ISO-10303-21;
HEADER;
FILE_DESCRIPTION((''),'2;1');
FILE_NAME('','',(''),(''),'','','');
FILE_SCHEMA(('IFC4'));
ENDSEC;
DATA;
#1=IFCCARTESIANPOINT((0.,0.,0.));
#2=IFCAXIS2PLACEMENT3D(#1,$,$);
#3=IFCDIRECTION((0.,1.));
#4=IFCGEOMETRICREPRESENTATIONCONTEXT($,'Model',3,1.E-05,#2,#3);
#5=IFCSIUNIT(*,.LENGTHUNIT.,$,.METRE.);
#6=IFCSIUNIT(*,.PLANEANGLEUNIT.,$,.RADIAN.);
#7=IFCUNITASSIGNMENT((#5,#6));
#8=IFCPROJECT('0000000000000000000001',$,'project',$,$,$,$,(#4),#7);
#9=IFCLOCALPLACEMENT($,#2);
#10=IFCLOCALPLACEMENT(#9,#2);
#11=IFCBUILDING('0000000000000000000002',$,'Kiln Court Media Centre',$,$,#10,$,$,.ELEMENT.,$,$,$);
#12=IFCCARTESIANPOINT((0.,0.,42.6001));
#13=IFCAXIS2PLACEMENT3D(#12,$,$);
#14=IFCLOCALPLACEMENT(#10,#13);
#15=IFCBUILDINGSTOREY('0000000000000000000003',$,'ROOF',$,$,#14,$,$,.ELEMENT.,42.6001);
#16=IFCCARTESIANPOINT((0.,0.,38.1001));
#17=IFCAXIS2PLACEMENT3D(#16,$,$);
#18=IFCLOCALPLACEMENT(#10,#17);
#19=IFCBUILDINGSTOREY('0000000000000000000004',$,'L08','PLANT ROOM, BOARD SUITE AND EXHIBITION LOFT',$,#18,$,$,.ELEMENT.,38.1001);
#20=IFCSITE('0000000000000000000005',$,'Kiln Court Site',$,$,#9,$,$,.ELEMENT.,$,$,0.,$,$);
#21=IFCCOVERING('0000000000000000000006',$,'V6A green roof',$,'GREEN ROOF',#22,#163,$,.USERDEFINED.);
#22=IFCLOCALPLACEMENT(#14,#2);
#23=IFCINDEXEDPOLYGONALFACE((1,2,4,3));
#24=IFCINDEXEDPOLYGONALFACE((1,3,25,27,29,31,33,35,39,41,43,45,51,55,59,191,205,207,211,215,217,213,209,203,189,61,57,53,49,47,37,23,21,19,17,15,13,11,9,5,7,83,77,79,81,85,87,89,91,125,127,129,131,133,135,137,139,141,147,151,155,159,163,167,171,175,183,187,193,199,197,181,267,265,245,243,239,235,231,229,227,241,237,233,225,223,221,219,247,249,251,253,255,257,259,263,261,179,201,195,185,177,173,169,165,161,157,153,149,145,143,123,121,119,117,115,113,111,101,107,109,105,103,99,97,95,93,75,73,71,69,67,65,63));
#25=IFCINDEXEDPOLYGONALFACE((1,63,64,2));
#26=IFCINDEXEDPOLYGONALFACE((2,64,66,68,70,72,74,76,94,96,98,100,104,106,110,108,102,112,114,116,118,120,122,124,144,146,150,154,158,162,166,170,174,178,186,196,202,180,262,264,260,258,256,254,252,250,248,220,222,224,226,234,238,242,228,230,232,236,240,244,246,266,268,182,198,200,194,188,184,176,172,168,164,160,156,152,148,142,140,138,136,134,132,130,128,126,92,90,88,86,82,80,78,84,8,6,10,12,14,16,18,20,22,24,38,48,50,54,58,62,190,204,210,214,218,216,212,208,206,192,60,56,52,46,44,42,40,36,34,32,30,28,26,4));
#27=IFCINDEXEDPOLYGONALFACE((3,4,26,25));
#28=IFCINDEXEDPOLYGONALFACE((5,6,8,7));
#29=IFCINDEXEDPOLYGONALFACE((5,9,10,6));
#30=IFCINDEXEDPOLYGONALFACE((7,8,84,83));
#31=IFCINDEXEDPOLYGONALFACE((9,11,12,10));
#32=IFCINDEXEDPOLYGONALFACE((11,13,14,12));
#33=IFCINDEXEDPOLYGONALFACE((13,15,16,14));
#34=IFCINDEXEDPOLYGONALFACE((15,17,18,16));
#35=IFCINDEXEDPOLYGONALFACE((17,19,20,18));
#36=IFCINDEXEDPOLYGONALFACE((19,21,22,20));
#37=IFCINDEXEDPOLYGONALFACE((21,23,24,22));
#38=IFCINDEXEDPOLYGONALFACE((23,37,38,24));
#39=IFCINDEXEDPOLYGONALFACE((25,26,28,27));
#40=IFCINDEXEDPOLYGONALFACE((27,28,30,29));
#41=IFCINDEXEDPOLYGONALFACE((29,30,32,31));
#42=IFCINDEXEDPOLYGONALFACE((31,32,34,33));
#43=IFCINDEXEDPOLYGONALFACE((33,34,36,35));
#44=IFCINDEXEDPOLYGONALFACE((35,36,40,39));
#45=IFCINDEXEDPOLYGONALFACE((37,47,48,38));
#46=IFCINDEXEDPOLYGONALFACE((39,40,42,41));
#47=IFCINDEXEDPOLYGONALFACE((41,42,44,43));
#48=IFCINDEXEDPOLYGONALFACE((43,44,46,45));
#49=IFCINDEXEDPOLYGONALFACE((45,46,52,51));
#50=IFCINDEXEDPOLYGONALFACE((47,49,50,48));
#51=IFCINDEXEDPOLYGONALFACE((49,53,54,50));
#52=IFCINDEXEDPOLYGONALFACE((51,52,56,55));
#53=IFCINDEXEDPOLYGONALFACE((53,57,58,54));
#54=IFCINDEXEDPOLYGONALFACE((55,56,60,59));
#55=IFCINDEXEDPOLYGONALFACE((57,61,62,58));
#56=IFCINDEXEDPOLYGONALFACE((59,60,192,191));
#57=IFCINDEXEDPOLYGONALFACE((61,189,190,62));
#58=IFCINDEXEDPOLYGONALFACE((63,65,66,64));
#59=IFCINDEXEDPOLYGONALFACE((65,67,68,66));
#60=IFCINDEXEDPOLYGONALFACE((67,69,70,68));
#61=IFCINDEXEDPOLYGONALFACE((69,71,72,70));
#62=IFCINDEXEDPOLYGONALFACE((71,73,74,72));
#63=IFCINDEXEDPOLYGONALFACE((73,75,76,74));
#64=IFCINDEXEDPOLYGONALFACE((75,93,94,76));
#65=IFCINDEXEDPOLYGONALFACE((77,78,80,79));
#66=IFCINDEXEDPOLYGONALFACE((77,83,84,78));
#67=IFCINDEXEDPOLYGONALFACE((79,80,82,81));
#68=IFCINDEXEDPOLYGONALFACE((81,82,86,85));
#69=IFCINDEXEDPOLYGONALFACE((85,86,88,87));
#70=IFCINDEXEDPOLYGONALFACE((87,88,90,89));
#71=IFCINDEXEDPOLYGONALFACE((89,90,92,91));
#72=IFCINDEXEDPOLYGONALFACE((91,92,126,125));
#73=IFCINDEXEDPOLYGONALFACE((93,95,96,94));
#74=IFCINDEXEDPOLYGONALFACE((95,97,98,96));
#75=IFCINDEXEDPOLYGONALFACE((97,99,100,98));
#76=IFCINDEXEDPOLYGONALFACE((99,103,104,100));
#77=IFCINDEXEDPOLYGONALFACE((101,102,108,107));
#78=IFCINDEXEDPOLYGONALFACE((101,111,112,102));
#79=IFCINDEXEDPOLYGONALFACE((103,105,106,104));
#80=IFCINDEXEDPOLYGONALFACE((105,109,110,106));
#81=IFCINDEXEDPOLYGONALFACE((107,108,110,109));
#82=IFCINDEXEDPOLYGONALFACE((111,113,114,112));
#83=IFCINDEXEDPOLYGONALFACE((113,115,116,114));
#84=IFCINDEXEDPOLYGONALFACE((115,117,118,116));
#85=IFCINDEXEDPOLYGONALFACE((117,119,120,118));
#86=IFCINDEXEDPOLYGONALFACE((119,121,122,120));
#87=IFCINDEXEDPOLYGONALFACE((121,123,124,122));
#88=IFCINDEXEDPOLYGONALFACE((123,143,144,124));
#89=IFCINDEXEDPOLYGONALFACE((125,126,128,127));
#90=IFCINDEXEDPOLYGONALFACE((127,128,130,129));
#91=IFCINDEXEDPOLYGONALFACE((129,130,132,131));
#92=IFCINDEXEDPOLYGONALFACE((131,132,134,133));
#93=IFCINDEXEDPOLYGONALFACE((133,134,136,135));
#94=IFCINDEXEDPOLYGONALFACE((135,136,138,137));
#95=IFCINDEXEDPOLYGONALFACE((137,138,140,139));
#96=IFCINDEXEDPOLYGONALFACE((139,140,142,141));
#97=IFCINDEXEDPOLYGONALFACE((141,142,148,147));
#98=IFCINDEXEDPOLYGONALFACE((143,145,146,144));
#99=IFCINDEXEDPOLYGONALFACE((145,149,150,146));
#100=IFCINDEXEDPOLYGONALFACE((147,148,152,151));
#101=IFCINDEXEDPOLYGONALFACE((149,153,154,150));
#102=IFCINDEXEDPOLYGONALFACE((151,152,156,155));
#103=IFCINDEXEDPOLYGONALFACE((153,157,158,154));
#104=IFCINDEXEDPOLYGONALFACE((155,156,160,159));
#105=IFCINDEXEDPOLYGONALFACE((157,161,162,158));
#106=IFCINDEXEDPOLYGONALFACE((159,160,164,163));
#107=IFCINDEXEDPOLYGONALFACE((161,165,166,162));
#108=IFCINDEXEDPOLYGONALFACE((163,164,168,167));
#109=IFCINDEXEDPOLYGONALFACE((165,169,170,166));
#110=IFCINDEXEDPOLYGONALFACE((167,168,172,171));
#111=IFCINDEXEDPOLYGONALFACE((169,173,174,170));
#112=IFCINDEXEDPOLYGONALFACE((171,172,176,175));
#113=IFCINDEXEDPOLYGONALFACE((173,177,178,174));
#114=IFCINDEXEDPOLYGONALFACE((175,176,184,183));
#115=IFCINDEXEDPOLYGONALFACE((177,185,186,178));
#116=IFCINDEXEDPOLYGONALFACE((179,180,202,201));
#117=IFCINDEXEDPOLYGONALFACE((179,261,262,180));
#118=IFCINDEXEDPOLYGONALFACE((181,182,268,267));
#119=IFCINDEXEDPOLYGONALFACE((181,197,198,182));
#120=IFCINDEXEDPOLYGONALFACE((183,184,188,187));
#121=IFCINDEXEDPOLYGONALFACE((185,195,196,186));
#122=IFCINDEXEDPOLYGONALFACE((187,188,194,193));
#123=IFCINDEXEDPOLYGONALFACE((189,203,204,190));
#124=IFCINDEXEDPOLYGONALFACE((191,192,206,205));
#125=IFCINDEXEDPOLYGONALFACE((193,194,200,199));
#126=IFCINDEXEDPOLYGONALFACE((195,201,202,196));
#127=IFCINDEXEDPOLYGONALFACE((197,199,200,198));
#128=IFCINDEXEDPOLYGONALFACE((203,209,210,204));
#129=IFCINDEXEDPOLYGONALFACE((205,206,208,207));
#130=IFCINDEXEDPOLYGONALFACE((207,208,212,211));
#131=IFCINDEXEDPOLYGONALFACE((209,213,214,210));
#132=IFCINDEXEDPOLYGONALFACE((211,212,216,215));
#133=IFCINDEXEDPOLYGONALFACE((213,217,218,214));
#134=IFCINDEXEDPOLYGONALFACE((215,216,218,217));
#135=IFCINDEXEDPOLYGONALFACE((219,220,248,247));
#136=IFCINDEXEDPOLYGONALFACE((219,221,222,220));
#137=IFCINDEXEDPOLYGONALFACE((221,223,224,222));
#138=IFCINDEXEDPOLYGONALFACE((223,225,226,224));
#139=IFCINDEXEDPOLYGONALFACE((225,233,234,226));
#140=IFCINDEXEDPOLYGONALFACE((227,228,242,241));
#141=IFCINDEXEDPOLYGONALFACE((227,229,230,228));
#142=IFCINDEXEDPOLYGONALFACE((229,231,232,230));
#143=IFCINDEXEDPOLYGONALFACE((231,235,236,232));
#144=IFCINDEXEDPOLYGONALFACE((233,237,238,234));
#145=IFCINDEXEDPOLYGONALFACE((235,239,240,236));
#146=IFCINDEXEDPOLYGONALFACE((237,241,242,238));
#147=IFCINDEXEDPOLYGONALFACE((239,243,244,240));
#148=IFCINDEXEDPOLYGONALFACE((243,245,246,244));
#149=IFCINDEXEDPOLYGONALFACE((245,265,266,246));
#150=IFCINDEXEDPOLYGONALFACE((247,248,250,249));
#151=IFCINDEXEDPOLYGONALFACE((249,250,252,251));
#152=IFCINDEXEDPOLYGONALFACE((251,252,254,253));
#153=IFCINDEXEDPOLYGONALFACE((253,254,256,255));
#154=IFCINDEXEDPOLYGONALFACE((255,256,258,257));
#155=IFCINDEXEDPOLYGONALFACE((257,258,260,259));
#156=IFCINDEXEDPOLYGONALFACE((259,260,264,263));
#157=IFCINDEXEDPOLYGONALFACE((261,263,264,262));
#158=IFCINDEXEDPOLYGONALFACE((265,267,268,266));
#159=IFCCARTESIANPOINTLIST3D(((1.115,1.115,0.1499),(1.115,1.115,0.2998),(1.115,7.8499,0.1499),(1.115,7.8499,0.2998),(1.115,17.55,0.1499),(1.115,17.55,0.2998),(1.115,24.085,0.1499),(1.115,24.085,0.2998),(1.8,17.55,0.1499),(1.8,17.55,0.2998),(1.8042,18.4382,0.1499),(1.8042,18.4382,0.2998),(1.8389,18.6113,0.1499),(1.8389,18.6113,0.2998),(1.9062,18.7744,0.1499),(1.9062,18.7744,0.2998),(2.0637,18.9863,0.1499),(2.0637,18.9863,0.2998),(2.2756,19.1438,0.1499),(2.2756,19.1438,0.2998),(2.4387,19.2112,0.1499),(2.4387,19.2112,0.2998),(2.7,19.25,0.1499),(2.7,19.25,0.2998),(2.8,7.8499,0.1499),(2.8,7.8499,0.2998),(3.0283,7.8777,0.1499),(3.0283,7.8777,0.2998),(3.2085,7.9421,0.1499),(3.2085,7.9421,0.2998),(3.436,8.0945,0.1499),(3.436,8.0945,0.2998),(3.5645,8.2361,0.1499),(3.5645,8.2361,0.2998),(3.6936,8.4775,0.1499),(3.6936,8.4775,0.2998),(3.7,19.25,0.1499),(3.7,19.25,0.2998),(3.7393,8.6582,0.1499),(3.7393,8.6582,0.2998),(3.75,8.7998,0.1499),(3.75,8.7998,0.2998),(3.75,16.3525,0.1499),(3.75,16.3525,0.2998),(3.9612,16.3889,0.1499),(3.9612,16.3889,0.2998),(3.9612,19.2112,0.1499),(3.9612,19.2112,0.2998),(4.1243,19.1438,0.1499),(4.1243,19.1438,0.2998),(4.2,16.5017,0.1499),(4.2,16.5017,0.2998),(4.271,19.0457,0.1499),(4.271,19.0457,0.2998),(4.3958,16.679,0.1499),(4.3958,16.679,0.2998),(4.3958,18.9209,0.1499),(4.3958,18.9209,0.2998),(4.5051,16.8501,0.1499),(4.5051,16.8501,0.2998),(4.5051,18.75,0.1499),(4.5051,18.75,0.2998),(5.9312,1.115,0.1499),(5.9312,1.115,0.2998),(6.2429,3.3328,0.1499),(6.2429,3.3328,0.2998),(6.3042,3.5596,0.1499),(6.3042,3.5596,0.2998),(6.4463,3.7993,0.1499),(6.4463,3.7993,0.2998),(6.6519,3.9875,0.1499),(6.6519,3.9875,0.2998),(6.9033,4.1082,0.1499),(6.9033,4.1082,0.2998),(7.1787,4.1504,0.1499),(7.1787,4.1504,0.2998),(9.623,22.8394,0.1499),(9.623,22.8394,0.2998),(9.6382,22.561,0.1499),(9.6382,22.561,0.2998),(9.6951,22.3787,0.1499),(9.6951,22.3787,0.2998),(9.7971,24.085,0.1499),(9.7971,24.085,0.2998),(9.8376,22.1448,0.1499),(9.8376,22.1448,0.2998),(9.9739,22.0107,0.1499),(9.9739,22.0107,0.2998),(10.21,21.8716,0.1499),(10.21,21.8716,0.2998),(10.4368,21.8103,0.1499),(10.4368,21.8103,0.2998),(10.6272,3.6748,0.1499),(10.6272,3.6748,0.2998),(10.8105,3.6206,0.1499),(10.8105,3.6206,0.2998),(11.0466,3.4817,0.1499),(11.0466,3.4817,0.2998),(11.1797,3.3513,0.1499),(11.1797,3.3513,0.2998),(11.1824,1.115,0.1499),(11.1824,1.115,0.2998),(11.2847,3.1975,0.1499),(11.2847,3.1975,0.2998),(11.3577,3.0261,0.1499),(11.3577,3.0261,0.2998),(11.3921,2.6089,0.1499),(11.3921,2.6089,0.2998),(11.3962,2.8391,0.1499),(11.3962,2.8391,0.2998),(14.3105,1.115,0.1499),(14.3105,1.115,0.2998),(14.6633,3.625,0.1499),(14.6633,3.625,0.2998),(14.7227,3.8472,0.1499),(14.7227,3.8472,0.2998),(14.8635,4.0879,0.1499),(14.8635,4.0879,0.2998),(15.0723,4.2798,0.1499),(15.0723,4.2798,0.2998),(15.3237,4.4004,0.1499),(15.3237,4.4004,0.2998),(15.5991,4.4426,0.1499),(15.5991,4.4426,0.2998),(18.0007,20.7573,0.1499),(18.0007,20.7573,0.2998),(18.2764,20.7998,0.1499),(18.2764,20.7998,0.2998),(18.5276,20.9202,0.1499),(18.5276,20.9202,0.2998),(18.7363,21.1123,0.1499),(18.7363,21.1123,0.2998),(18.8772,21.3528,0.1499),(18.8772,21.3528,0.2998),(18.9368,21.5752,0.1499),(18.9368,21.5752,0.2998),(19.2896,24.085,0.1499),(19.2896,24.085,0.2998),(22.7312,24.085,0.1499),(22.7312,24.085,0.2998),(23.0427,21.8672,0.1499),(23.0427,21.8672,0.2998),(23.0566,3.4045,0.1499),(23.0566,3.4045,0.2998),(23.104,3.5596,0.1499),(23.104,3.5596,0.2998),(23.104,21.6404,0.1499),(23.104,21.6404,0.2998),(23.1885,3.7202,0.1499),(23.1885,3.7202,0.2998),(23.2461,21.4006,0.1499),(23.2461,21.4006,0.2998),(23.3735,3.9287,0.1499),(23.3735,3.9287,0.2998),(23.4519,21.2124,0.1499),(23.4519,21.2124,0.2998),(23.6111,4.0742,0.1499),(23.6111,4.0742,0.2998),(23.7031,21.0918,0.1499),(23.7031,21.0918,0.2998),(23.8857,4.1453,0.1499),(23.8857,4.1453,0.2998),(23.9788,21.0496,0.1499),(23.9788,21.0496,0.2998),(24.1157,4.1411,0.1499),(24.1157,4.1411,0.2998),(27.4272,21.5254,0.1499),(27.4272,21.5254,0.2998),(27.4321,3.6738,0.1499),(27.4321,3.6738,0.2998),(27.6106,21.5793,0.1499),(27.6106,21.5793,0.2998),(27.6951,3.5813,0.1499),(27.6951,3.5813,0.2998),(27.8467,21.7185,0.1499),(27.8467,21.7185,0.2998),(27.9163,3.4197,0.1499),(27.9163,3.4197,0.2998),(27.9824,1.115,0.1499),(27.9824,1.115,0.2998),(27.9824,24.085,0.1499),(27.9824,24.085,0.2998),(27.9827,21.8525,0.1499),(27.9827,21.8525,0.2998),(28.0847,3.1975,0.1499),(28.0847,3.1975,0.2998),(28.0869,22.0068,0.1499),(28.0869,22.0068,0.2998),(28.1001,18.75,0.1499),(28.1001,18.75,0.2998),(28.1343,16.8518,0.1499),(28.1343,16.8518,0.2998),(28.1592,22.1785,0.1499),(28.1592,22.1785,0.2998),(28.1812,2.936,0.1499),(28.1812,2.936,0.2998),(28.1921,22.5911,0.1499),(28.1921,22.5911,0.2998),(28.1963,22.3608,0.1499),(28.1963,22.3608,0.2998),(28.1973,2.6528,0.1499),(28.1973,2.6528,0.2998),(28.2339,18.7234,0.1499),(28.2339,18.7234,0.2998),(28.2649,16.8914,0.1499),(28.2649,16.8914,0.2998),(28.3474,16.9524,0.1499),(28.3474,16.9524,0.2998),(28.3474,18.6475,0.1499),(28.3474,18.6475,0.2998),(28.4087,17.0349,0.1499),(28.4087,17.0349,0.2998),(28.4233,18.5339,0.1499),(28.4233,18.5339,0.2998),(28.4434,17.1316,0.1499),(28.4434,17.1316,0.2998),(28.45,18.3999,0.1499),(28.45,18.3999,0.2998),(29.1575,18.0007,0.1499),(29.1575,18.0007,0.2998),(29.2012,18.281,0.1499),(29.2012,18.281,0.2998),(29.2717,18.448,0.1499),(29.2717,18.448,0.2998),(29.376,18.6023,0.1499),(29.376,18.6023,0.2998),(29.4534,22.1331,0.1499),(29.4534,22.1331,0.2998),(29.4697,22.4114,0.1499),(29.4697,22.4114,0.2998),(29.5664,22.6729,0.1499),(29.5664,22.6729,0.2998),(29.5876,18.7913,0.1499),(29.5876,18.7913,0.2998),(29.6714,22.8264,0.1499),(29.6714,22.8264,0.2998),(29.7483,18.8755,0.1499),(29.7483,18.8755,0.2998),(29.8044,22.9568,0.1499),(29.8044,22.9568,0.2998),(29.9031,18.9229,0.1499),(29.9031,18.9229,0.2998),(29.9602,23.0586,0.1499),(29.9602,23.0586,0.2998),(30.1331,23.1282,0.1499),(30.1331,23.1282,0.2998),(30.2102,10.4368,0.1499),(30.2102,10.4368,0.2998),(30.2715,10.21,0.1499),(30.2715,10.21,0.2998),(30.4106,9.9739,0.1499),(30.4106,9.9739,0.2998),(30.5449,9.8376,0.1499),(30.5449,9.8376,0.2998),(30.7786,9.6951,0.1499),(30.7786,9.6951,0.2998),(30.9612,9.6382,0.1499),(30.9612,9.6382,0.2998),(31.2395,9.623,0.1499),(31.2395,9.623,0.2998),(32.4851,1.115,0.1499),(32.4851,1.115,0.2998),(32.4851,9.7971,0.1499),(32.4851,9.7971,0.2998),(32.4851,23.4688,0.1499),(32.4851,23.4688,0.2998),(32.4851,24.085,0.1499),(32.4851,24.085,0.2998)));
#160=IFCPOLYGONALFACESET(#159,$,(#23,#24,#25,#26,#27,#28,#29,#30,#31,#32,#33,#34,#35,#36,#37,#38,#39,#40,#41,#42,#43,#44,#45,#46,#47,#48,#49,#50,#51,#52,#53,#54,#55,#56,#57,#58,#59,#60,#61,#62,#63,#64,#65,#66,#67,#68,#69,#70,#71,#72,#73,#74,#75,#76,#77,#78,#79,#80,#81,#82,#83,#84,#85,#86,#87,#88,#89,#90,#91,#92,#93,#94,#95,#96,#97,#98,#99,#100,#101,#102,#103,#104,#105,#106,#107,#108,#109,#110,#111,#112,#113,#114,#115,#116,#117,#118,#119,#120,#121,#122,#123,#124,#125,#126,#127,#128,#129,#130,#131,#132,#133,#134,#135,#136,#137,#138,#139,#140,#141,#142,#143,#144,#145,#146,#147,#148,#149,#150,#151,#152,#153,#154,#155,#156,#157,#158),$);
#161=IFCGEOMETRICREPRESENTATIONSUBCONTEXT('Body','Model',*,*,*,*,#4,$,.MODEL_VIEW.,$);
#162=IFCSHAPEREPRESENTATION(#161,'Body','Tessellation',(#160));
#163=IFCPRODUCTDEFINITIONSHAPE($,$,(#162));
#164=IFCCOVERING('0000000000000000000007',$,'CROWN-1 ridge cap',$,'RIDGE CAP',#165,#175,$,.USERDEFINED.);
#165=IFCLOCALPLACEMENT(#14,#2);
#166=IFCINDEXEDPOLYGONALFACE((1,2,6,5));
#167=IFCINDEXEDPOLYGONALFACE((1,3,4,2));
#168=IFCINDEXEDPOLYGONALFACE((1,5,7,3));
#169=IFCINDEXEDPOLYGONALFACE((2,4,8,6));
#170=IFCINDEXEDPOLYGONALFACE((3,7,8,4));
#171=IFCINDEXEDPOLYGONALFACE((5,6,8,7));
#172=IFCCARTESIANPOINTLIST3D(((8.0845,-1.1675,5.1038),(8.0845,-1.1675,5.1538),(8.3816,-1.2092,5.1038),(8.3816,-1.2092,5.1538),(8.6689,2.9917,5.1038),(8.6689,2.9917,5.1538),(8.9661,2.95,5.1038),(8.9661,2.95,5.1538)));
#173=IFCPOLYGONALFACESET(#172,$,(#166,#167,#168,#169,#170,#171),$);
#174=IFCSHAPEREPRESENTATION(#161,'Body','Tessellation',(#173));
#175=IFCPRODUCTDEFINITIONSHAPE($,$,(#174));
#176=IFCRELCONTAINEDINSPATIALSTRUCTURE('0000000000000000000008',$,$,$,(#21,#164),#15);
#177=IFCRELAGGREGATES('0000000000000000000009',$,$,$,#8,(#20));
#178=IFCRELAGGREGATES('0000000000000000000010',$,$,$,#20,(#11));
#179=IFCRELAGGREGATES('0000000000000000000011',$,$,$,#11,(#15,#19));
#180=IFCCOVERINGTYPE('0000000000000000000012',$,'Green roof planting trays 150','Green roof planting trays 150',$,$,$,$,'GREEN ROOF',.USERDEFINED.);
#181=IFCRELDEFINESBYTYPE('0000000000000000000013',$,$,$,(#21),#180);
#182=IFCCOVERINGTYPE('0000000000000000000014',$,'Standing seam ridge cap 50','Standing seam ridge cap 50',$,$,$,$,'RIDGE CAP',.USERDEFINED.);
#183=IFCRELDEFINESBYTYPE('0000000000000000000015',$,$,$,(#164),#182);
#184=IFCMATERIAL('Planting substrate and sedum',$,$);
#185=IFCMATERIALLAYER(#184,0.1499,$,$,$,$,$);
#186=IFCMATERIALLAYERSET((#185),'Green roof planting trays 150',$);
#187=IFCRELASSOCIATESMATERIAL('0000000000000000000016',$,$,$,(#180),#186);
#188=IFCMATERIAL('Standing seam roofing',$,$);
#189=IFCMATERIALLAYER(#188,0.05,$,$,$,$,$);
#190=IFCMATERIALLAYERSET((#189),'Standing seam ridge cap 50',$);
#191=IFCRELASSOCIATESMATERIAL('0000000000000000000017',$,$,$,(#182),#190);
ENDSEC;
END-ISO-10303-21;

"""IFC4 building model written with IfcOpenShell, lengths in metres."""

from ifc_helpers import new_model, si_unit, direction, frame, origin, place, context, subcontext, project, spatial, polyline, outline, extrude, material, layer, layer_set, type_object, element, save


model = new_model("IFC4")

# Units and contexts
model_context = context("Model", 3, precision=1e-05, world=origin(), true_north=direction((0.0, 1.0)))
body_context = subcontext(model_context, "Body", "Model", "MODEL_VIEW")
ifc_project = project(units=[si_unit("LENGTHUNIT", "METRE"), si_unit("PLANEANGLEUNIT", "RADIAN")], contexts=[model_context])

# Site, building, storey
site_placement = place(None, origin())
site = spatial("IfcSite", under=ifc_project, at=site_placement, Name="Kiln Court Site", CompositionType="ELEMENT", RefElevation=0.0)
building_placement = place(site_placement, origin())
building = spatial("IfcBuilding", under=site, at=building_placement, Name="Kiln Court Media Centre", CompositionType="ELEMENT")
storey_1_placement = place(building_placement, frame((0.0, 0.0, 42.6001)))
storey_1 = spatial("IfcBuildingStorey", under=building, at=storey_1_placement, Name="ROOF", CompositionType="ELEMENT", Elevation=42.6001)

# Shared definitions
storey_2_placement = place(building_placement, frame((0.0, 0.0, 38.1001)))
storey_2 = spatial("IfcBuildingStorey", under=building, at=storey_2_placement, Name="L08", Description="PLANT ROOM, BOARD SUITE AND EXHIBITION LOFT", CompositionType="ELEMENT", Elevation=38.1001)

# Coverings
ifc_material_1 = material(Name="Planting substrate and sedum")
ifc_layer_1 = layer(ifc_material_1, 0.1499)
ifc_layer_set_1 = layer_set([ifc_layer_1], Name="Green roof planting trays 150")
covering_type_1 = type_object("IfcCoveringType", Name="Green roof planting trays 150", Description="Green roof planting trays 150", ElementType="GREEN ROOF", PredefinedType="USERDEFINED", material=ifc_layer_set_1)
covering_1_placement = place(storey_1_placement, frame((0.0, 0.0, 0.1499)))
element("IfcCovering", 1, at=covering_1_placement, inside=storey_1, type_object=covering_type_1, Name="V6A green roof", ObjectType="GREEN ROOF", PredefinedType="USERDEFINED", context=body_context, shape_type="SweptSolid", body=[
    extrude(outline(polyline([(1.115, 17.55), (1.115, 24.085), (9.7971, 24.085), (9.623, 22.8394), (9.6382, 22.561), (9.6951, 22.3787), (9.8376, 22.1448), (9.9739, 22.0107), (10.21, 21.8716), (10.4368, 21.8103), (18.0007, 20.7573), (18.2764, 20.7998), (18.5276, 20.9202), (18.7363, 21.1123), (18.8772, 21.3528), (18.9368, 21.5752), (19.2896, 24.085), (22.7312, 24.085), (23.0427, 21.8672), (23.104, 21.6404), (23.2461, 21.4006), (23.4519, 21.2124), (23.7031, 21.0918), (23.9788, 21.0496), (27.4272, 21.5254), (27.6106, 21.5793), (27.8467, 21.7185), (27.9827, 21.8525), (28.0869, 22.0068), (28.1592, 22.1785), (28.1963, 22.3608), (28.1921, 22.5911), (27.9824, 24.085), (32.4851, 24.085), (32.4851, 23.4688), (30.1331, 23.1282), (29.9602, 23.0586), (29.8044, 22.9568), (29.6714, 22.8264), (29.5664, 22.6729), (29.4697, 22.4114), (29.4534, 22.1331), (29.9031, 18.9229), (29.7483, 18.8755), (29.5876, 18.7913), (29.376, 18.6023), (29.2717, 18.448), (29.2012, 18.281), (29.1575, 18.0007), (30.2102, 10.4368), (30.2715, 10.21), (30.4106, 9.9739), (30.5449, 9.8376), (30.7786, 9.6951), (30.9612, 9.6382), (31.2395, 9.623), (32.4851, 9.7971), (32.4851, 1.115), (27.9824, 1.115), (28.1973, 2.6528), (28.1812, 2.936), (28.0847, 3.1975), (27.9163, 3.4197), (27.6951, 3.5813), (27.4321, 3.6738), (24.1157, 4.1411), (23.8857, 4.1453), (23.6111, 4.0742), (23.3735, 3.9287), (23.1885, 3.7202), (23.104, 3.5596), (23.0566, 3.4045), (15.5991, 4.4426), (15.3237, 4.4004), (15.0723, 4.2798), (14.8635, 4.0879), (14.7227, 3.8472), (14.6633, 3.625), (14.3105, 1.115), (11.1824, 1.115), (11.3921, 2.6089), (11.3962, 2.8391), (11.3577, 3.0261), (11.2847, 3.1975), (11.1797, 3.3513), (11.0466, 3.4817), (10.8105, 3.6206), (10.6272, 3.6748), (7.1787, 4.1504), (6.9033, 4.1082), (6.6519, 3.9875), (6.4463, 3.7993), (6.3042, 3.5596), (6.2429, 3.3328), (5.9312, 1.115), (1.115, 1.115), (1.115, 7.8499), (2.8, 7.8499), (3.0283, 7.8777), (3.2085, 7.9421), (3.436, 8.0945), (3.5645, 8.2361), (3.6936, 8.4775), (3.7393, 8.6582), (3.75, 8.7998), (3.75, 16.3525), (3.9612, 16.3889), (4.2, 16.5017), (4.3958, 16.679), (4.5051, 16.8501), (28.1343, 16.8518), (28.2649, 16.8914), (28.3474, 16.9524), (28.4087, 17.0349), (28.4434, 17.1316), (28.45, 18.3999), (28.4233, 18.5339), (28.3474, 18.6475), (28.2339, 18.7234), (28.1001, 18.75), (4.5051, 18.75), (4.3958, 18.9209), (4.271, 19.0457), (4.1243, 19.1438), (3.9612, 19.2112), (3.7, 19.25), (2.7, 19.25), (2.4387, 19.2112), (2.2756, 19.1438), (2.0637, 18.9863), (1.9062, 18.7744), (1.8389, 18.6113), (1.8042, 18.4382), (1.8, 17.55), (1.115, 17.55)])), origin(), (0.0, 0.0, 1.0), 0.1499),
])
ifc_material_2 = material(Name="Standing seam roofing")
ifc_layer_2 = layer(ifc_material_2, 0.05)
ifc_layer_set_2 = layer_set([ifc_layer_2], Name="Standing seam ridge cap 50")
covering_type_2 = type_object("IfcCoveringType", Name="Standing seam ridge cap 50", Description="Standing seam ridge cap 50", ElementType="RIDGE CAP", PredefinedType="USERDEFINED", material=ifc_layer_set_2)
covering_2_placement = place(storey_1_placement, frame((0.0, 0.0, 5.1038)))
element("IfcCovering", 2, at=covering_2_placement, inside=storey_1, type_object=covering_type_2, Name="CROWN-1 ridge cap", ObjectType="RIDGE CAP", PredefinedType="USERDEFINED", context=body_context, shape_type="SweptSolid", body=[
    extrude(outline(polyline([(8.6689, 2.9917), (8.9661, 2.95), (8.3816, -1.2092), (8.0845, -1.1675), (8.6689, 2.9917)])), origin(), (0.0, 0.0, 1.0), 0.05),
])

save(model, "model.ifc")
